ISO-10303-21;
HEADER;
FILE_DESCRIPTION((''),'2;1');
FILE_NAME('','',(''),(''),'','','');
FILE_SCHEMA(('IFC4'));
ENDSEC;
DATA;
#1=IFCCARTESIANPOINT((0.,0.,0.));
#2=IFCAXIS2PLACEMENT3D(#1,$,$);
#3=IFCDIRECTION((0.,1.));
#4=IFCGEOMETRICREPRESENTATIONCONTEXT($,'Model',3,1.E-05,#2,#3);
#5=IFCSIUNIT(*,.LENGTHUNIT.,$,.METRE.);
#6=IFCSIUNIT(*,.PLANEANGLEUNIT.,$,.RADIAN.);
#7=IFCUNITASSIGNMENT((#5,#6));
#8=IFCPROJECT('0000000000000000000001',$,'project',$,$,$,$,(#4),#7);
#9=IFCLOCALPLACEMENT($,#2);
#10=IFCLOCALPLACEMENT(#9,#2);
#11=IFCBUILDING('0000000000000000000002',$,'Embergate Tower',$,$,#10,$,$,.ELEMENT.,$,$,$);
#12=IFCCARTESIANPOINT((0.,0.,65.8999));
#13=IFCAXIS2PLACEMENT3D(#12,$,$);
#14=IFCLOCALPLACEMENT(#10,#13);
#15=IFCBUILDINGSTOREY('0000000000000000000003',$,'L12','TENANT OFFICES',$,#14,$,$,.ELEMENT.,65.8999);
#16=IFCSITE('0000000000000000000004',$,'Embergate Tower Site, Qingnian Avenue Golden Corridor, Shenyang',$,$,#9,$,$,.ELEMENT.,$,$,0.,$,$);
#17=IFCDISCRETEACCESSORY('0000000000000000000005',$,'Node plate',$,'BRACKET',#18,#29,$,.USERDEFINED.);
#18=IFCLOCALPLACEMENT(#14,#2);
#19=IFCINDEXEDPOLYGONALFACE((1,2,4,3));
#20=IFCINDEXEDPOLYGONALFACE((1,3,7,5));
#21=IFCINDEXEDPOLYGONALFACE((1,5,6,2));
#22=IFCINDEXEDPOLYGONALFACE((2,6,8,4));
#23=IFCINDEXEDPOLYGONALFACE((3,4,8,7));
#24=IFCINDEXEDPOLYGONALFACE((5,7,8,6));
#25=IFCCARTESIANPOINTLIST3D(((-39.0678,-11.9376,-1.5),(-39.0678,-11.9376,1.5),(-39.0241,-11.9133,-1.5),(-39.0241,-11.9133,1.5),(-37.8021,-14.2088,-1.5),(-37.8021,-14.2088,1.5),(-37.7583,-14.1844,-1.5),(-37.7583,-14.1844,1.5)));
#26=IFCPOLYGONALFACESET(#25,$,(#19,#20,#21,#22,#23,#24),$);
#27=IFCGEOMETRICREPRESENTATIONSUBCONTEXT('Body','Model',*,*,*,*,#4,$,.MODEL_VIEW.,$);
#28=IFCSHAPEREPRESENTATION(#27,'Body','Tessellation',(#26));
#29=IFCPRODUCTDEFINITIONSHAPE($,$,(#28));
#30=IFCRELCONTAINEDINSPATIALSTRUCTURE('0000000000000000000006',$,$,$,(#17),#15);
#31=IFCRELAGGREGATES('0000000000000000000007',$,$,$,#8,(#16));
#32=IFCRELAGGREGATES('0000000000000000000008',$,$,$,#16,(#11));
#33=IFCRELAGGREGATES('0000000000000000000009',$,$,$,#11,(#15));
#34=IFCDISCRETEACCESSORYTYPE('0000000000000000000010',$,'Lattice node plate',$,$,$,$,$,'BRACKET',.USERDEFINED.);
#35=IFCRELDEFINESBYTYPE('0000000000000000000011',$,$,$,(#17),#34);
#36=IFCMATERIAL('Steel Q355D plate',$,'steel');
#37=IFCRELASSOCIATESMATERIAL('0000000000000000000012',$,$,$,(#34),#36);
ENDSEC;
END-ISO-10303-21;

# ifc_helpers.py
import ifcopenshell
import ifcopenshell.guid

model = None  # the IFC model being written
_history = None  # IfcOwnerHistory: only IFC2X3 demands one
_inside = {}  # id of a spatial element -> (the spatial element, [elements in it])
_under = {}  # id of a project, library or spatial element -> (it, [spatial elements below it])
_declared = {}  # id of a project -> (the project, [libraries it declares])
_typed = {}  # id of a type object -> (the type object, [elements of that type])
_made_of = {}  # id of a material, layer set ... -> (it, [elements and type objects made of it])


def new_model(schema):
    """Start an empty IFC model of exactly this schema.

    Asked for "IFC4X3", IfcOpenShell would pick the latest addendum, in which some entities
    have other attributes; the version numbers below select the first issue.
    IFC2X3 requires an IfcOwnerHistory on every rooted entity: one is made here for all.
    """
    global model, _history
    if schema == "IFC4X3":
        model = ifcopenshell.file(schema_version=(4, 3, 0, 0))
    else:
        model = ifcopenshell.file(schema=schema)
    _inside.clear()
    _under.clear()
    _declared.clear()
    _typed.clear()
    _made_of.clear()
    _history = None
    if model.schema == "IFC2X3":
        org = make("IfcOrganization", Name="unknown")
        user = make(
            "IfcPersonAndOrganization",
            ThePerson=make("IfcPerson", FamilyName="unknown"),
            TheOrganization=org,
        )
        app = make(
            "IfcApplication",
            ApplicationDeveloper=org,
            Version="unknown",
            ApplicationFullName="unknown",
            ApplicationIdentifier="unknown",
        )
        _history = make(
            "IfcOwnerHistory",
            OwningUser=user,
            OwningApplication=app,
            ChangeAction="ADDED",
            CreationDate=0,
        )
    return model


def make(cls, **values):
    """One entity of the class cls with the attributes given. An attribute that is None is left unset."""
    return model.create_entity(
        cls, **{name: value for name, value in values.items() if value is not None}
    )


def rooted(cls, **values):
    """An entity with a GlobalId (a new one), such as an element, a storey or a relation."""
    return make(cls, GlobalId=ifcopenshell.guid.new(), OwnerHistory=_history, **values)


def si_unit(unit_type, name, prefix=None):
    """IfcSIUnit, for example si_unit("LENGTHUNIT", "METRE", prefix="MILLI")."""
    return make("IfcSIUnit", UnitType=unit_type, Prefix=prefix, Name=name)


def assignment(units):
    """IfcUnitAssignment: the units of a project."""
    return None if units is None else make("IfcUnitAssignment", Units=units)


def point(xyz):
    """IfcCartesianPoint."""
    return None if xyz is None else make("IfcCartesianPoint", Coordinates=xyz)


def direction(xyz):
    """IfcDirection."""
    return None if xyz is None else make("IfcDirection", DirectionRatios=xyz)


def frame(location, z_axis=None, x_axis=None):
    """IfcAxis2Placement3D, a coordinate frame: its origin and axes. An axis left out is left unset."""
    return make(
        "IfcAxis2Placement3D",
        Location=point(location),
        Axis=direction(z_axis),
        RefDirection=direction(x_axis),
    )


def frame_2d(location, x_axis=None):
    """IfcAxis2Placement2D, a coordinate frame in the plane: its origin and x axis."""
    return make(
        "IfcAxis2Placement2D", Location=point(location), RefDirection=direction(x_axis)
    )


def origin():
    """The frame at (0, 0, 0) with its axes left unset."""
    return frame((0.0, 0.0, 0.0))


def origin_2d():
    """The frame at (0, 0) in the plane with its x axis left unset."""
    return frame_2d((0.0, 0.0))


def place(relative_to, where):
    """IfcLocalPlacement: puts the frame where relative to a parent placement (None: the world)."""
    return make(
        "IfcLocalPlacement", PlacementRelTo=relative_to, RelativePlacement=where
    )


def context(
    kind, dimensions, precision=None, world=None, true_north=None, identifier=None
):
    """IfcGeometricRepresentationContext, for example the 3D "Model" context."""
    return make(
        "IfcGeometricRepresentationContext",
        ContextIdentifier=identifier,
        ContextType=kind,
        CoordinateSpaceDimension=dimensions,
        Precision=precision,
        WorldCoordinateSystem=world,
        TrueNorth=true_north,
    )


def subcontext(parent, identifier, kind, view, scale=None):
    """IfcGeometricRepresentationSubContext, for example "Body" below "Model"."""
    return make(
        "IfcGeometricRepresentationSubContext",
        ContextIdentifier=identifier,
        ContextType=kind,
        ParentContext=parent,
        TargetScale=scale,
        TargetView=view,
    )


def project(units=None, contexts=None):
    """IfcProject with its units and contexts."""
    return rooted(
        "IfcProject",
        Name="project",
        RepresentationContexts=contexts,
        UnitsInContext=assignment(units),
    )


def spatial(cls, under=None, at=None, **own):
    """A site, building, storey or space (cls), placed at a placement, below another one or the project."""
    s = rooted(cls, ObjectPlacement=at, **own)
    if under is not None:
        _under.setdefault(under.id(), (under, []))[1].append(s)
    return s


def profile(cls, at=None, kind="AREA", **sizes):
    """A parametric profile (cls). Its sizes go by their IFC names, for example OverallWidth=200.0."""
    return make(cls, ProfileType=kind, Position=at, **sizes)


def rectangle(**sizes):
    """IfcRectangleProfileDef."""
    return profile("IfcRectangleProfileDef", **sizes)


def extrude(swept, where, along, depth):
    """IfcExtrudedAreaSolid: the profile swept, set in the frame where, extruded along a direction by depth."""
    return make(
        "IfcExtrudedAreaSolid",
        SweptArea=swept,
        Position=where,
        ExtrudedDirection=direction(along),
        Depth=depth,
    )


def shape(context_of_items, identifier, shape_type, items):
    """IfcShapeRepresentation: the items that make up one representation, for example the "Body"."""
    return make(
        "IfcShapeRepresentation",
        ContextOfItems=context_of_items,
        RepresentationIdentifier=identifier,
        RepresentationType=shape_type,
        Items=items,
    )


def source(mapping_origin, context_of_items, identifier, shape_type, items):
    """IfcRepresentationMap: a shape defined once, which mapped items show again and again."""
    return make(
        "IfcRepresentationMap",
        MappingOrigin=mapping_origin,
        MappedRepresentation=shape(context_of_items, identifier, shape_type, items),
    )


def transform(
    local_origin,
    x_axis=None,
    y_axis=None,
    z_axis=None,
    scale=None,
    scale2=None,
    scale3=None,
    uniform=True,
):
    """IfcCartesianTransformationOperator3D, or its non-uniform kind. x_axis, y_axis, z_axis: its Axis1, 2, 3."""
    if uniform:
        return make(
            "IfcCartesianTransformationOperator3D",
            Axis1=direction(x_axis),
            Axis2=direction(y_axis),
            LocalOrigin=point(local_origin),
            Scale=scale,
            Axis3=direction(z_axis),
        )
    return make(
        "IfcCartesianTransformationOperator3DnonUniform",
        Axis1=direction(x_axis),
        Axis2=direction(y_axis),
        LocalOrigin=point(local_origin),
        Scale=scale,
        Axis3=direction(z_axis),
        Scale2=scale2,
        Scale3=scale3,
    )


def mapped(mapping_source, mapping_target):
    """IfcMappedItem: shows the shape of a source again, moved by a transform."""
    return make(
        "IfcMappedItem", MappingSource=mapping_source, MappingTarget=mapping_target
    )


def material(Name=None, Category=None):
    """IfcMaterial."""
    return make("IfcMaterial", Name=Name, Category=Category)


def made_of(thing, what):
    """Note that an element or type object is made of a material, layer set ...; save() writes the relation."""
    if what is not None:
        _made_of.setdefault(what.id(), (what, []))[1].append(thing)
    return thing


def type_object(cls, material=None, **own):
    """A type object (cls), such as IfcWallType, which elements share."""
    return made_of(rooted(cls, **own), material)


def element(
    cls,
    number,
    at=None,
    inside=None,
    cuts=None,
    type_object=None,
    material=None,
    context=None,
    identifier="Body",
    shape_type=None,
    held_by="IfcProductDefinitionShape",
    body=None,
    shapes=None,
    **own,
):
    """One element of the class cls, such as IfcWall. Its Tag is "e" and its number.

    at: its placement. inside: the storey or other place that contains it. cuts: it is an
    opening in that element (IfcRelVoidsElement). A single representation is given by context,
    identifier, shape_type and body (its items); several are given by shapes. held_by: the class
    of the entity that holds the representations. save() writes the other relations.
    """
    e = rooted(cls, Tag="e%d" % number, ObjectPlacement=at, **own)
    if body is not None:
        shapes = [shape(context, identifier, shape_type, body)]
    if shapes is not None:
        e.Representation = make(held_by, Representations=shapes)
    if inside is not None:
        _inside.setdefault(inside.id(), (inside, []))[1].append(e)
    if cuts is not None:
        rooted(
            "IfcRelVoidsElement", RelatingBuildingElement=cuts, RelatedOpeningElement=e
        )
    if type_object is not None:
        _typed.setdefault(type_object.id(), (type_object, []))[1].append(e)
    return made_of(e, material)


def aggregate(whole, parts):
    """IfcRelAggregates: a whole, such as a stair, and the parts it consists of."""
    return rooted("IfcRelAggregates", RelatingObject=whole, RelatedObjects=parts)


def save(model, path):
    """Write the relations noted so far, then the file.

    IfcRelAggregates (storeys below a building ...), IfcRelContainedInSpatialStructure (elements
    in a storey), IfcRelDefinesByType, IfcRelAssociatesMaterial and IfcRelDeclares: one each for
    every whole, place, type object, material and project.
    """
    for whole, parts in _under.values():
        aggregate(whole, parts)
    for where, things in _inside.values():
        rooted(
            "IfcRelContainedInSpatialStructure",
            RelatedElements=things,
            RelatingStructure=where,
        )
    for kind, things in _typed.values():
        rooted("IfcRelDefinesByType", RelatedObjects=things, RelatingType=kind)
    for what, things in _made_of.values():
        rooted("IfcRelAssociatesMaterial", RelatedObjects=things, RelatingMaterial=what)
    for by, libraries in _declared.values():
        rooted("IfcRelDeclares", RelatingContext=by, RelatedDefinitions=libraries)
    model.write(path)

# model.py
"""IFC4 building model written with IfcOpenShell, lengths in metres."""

from ifc_helpers import new_model, si_unit, direction, frame, origin, origin_2d, place, context, subcontext, project, spatial, rectangle, extrude, source, transform, mapped, material, type_object, element, save


model = new_model("IFC4")

# Units and contexts
model_context = context("Model", 3, precision=1e-05, world=origin(), true_north=direction((0.0, 1.0)))
body_context = subcontext(model_context, "Body", "Model", "MODEL_VIEW")
ifc_project = project(units=[si_unit("LENGTHUNIT", "METRE"), si_unit("PLANEANGLEUNIT", "RADIAN")], contexts=[model_context])

# Site, building, storey
site_placement = place(None, origin())
site = spatial("IfcSite", under=ifc_project, at=site_placement, Name="Embergate Tower Site, Qingnian Avenue Golden Corridor, Shenyang", CompositionType="ELEMENT", RefElevation=0.0)
building_placement = place(site_placement, origin())
building = spatial("IfcBuilding", under=site, at=building_placement, Name="Embergate Tower", CompositionType="ELEMENT")
storey_placement = place(building_placement, frame((0.0, 0.0, 65.8999)))
storey = spatial("IfcBuildingStorey", under=building, at=storey_placement, Name="L12", Description="TENANT OFFICES", CompositionType="ELEMENT", Elevation=65.8999)

# Discrete accessory
ifc_material_1 = material(Name="Steel Q355D plate", Category="steel")
discrete_accessory_type = type_object("IfcDiscreteAccessoryType", Name="Lattice node plate", ElementType="BRACKET", PredefinedType="USERDEFINED", material=ifc_material_1)
shared_shape_1 = source(origin(), body_context, "Body", "SweptSolid", [
    extrude(rectangle(XDim=2.6001, YDim=0.05, at=origin_2d()), origin(), (0.0, 0.0, 1.0), 3.0),
])
discrete_accessory_placement = place(storey_placement, frame((-38.4131, -13.061, -1.5), z_axis=(0.0, 0.0, 1.0), x_axis=(0.486823, -0.8735, 0.0)))
element("IfcDiscreteAccessory", 1, at=discrete_accessory_placement, inside=storey, type_object=discrete_accessory_type, Name="Node plate", ObjectType="BRACKET", PredefinedType="USERDEFINED", context=body_context, shape_type="MappedRepresentation", body=[
    mapped(shared_shape_1, transform((0.0, 0.0, 0.0))),
])

save(model, "model.ifc")
